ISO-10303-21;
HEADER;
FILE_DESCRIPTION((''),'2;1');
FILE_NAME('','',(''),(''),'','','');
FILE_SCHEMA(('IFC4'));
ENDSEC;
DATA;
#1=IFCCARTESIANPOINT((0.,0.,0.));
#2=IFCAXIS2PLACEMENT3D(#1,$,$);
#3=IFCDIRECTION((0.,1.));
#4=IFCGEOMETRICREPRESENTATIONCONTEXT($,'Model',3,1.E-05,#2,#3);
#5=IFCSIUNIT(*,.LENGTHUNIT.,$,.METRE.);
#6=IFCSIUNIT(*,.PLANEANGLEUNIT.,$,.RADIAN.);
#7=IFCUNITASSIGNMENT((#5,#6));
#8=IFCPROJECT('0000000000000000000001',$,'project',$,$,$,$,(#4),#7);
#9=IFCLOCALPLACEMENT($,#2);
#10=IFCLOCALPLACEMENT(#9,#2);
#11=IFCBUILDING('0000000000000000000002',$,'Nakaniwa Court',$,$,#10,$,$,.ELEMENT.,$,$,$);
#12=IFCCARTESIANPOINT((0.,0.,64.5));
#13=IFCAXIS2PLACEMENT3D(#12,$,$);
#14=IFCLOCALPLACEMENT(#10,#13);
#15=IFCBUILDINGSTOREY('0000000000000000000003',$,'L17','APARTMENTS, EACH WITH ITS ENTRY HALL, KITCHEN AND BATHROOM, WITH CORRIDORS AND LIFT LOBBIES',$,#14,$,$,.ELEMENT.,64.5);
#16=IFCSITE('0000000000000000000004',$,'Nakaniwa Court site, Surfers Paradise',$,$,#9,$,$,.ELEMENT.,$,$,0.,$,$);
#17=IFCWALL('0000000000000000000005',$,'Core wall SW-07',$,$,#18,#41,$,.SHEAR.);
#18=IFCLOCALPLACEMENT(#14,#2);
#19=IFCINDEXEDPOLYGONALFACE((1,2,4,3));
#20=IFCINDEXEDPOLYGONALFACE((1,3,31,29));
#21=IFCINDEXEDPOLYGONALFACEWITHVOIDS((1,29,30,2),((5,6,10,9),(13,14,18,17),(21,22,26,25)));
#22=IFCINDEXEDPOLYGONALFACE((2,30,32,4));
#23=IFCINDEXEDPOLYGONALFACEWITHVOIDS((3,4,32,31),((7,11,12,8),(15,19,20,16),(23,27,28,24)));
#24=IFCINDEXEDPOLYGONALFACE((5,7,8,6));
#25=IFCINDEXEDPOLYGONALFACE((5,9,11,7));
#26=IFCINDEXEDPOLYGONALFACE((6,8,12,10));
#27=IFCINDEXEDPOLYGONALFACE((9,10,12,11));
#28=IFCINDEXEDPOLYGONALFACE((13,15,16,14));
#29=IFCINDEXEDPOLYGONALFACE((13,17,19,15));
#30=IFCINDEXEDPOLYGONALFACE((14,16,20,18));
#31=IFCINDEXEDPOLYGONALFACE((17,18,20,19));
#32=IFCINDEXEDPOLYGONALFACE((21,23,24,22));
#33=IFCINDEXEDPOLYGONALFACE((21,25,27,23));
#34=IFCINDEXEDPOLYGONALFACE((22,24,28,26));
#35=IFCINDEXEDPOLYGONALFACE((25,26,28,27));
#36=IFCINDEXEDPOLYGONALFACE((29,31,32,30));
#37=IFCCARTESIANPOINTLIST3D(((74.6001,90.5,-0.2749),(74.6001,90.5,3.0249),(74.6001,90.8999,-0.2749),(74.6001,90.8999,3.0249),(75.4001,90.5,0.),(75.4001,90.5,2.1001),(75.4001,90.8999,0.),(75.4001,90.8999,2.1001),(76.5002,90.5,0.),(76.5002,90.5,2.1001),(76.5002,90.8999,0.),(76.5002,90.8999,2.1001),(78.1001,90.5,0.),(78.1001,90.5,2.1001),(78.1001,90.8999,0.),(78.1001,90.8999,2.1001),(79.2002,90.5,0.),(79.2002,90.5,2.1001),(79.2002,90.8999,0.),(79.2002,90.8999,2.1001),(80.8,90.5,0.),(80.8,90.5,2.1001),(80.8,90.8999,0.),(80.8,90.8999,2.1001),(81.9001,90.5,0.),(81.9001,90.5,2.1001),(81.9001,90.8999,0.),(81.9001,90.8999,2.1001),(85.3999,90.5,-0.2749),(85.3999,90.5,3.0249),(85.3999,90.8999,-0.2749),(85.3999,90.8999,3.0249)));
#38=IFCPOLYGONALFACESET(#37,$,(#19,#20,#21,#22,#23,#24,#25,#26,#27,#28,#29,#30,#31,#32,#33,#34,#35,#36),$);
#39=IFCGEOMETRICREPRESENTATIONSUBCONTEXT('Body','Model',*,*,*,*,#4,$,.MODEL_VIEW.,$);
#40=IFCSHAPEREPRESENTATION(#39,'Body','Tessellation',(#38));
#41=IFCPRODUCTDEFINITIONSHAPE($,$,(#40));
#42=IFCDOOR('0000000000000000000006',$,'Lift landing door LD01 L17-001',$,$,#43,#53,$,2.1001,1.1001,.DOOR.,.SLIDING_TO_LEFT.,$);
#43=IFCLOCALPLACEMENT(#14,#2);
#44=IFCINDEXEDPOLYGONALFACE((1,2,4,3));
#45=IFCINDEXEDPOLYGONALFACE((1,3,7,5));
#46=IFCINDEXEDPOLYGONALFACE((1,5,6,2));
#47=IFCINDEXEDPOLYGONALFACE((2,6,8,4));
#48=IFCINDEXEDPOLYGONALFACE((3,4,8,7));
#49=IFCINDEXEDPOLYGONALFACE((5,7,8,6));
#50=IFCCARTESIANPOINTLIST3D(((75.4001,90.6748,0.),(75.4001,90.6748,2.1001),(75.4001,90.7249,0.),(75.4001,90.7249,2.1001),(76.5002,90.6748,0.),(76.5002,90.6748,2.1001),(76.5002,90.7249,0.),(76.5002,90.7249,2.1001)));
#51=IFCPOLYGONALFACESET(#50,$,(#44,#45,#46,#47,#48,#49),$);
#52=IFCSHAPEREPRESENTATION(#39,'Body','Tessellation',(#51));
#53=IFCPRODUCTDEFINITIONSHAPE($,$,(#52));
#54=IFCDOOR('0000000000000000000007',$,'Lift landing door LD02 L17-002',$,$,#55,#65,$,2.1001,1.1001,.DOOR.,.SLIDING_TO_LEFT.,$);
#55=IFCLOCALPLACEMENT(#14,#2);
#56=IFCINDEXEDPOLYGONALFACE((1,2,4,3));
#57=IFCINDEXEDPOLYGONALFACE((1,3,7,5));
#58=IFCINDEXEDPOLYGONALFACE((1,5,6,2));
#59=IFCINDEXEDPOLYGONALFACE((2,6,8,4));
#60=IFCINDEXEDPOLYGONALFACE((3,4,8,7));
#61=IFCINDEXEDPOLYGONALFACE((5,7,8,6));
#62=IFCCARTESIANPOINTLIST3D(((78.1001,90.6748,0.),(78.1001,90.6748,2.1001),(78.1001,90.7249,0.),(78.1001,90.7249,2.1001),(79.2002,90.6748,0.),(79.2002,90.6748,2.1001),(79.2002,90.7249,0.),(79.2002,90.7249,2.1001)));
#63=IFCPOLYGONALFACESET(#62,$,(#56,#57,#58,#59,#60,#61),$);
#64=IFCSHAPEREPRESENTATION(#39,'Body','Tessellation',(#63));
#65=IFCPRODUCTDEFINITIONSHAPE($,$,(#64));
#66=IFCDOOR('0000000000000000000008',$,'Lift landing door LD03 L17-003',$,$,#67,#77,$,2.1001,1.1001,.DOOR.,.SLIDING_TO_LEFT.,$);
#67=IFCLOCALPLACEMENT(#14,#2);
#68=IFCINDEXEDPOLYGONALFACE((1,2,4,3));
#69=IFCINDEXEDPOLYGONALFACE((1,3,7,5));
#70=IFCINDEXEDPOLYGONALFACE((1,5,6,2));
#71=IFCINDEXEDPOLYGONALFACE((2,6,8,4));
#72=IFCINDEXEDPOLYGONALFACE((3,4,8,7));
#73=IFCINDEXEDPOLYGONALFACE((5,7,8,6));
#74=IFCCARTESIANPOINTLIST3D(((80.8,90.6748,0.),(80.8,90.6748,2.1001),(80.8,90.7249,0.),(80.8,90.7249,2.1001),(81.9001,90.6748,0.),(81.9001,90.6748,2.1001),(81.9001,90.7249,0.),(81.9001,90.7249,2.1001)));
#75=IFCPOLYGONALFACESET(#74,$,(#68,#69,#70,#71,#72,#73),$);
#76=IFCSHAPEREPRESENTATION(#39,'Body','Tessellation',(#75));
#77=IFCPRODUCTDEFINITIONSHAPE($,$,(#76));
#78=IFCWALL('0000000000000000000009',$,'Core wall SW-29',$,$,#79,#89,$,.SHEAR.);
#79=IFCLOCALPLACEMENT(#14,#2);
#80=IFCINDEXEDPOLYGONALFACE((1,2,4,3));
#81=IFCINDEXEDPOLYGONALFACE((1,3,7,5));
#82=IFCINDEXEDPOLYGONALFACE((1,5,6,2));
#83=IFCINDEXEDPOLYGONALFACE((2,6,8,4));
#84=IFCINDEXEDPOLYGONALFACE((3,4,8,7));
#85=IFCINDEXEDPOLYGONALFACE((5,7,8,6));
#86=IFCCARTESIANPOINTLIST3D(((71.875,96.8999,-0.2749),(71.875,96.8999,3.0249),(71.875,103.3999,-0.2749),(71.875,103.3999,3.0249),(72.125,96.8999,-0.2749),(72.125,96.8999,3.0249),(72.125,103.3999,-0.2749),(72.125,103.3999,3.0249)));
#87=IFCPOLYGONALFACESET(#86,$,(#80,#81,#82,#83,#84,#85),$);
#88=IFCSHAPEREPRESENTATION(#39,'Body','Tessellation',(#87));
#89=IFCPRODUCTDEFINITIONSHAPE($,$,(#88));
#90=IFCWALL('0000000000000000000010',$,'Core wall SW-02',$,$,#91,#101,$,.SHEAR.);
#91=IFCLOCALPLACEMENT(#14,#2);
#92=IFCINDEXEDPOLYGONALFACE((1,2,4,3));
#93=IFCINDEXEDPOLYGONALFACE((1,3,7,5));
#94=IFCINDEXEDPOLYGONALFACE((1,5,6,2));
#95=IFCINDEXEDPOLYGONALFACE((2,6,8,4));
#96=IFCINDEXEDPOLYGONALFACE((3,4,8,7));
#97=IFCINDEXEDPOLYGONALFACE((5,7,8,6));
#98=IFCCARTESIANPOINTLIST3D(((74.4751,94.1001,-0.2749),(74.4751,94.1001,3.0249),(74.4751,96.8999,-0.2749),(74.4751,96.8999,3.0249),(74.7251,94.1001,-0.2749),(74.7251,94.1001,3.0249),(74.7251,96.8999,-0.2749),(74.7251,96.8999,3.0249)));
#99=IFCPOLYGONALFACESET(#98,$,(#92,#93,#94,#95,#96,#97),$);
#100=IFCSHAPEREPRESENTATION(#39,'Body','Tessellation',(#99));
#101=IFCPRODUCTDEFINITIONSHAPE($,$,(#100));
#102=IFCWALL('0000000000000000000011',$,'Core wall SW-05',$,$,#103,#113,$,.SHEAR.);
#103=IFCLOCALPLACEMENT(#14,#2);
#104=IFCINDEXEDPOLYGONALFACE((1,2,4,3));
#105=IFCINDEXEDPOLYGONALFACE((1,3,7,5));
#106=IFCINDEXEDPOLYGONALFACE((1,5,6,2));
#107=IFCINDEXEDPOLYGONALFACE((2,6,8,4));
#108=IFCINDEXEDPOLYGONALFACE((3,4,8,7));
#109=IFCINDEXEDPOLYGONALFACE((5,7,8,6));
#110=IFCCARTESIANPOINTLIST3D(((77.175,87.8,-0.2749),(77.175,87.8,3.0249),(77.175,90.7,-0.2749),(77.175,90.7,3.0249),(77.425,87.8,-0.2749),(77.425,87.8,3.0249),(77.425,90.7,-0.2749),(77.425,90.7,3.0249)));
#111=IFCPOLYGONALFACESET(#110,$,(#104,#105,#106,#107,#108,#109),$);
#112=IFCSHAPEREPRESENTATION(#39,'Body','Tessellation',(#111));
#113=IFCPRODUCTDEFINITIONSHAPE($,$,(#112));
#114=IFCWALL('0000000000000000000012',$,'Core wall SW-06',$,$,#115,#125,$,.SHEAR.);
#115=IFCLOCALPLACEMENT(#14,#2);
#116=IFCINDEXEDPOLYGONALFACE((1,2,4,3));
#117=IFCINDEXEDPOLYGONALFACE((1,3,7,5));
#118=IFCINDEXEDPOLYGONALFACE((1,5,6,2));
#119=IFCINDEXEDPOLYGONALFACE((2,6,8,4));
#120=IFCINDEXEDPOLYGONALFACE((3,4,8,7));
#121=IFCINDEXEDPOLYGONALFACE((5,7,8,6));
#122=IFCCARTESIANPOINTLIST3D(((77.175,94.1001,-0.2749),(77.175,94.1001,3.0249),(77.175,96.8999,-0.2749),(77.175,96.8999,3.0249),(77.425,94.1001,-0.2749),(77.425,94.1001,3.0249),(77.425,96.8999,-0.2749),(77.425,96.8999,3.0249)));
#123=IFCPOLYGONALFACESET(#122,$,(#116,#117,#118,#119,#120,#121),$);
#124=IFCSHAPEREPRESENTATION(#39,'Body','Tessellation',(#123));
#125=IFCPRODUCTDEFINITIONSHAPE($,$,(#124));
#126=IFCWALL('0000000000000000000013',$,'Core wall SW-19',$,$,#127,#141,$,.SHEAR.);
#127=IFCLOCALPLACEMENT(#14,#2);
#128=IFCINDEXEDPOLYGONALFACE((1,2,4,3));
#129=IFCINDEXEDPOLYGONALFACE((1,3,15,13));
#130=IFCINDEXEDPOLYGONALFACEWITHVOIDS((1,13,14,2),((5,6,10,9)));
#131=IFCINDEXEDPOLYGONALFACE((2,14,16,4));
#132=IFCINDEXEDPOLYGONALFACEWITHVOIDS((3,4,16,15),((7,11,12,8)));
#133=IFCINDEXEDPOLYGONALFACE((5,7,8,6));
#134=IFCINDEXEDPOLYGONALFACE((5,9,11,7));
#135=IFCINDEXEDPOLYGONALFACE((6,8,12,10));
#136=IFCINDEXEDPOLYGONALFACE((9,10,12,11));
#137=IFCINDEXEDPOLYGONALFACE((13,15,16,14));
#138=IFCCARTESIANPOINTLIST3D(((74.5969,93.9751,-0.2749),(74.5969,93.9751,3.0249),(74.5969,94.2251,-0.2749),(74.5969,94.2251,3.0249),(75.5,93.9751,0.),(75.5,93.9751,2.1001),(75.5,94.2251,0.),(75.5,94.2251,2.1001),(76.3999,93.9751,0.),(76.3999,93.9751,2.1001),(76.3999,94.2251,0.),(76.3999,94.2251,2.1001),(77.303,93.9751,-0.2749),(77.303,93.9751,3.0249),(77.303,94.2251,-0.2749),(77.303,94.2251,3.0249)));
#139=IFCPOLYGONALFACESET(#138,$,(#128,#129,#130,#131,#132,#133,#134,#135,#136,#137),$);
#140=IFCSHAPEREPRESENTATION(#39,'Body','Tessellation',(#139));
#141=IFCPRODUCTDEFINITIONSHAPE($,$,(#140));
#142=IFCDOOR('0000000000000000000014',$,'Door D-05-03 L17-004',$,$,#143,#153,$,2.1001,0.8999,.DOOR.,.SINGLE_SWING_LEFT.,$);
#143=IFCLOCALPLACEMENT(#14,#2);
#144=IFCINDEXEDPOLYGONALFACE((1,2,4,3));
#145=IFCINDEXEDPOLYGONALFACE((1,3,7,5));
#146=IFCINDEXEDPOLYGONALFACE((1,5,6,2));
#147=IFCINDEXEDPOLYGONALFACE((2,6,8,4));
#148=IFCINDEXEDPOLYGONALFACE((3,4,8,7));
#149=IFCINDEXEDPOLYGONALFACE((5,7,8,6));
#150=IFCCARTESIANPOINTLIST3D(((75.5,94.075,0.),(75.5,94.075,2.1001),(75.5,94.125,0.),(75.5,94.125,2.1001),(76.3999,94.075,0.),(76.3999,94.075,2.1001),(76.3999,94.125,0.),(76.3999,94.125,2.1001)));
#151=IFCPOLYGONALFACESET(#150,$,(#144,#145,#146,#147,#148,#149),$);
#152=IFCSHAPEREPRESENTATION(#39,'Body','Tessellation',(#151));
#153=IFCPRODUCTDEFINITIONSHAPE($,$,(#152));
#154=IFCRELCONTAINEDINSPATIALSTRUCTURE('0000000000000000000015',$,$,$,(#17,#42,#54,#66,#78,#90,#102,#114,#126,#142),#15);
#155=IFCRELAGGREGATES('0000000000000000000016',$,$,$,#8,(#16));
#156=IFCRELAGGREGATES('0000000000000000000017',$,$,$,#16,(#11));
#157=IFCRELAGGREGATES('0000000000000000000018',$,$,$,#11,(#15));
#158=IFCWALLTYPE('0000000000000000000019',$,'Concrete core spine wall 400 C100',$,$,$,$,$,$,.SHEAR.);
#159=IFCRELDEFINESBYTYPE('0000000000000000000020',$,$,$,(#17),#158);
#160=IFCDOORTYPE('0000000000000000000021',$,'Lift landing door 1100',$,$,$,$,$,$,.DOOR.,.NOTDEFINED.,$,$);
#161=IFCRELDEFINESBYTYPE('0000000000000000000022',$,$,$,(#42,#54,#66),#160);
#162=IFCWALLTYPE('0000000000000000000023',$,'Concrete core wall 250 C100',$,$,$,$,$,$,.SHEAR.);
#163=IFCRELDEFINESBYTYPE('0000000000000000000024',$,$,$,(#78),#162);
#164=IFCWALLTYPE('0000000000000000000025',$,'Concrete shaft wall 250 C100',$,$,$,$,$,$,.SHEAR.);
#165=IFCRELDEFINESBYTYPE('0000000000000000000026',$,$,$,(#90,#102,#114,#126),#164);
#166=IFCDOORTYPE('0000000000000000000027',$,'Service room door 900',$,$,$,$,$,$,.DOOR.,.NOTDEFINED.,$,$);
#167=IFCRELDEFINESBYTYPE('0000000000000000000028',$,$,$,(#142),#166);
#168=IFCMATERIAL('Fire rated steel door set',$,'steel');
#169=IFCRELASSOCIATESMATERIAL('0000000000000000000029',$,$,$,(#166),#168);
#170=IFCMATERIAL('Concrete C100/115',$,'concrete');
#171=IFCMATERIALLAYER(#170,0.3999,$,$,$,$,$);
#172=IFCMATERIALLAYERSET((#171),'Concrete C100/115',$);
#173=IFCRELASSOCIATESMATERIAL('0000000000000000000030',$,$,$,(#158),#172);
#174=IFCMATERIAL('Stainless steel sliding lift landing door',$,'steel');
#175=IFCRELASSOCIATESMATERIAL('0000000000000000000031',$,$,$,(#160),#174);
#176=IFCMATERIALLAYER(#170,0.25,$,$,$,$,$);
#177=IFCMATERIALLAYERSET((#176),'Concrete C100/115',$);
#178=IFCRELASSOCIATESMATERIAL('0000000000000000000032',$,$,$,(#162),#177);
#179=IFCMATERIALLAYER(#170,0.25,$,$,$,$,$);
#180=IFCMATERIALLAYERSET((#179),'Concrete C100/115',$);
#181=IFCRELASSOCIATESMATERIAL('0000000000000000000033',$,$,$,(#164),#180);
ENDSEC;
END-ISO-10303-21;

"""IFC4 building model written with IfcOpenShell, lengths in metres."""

from ifc_helpers import new_model, si_unit, direction, frame, frame_2d, origin, place, context, subcontext, project, spatial, rectangle, extrude, material, layer, layer_set, type_object, element, fill, save


model = new_model("IFC4")

# Units and contexts
model_context = context("Model", 3, precision=1e-05, world=origin(), true_north=direction((0.0, 1.0)))
body_context = subcontext(model_context, "Body", "Model", "MODEL_VIEW")
ifc_project = project(units=[si_unit("LENGTHUNIT", "METRE"), si_unit("PLANEANGLEUNIT", "RADIAN")], contexts=[model_context])

# Site, building, storey
site_placement = place(None, origin())
site = spatial("IfcSite", under=ifc_project, at=site_placement, Name="Nakaniwa Court site, Surfers Paradise", CompositionType="ELEMENT", RefElevation=0.0)
building_placement = place(site_placement, origin())
building = spatial("IfcBuilding", under=site, at=building_placement, Name="Nakaniwa Court", CompositionType="ELEMENT")
storey_placement = place(building_placement, frame((0.0, 0.0, 64.5)))
storey = spatial("IfcBuildingStorey", under=building, at=storey_placement, Name="L17", Description="APARTMENTS, EACH WITH ITS ENTRY HALL, KITCHEN AND BATHROOM, WITH CORRIDORS AND LIFT LOBBIES", CompositionType="ELEMENT", Elevation=64.5)

# Shared definitions
ifc_material_1 = material(Name="Fire rated steel door set", Category="steel")
door_type_1 = type_object("IfcDoorType", Name="Service room door 900", OperationType="NOTDEFINED", PredefinedType="DOOR", material=ifc_material_1)

# Wall, openings, doors
ifc_material_2 = material(Name="Concrete C100/115", Category="concrete")
ifc_layer_1 = layer(ifc_material_2, 0.3999)
ifc_layer_set_1 = layer_set([ifc_layer_1], Name="Concrete C100/115")
wall_type_1 = type_object("IfcWallType", Name="Concrete core spine wall 400 C100", PredefinedType="SHEAR", material=ifc_layer_set_1)
wall_1_placement = place(storey_placement, frame((74.6001, 90.7, -0.2749), z_axis=(0.0, 0.0, 1.0), x_axis=(1.0, 0.0, 0.0)))
wall_1 = element("IfcWall", 1, at=wall_1_placement, inside=storey, type_object=wall_type_1, Name="Core wall SW-07", PredefinedType="SHEAR", context=body_context, shape_type="SweptSolid", body=[
    extrude(rectangle(XDim=10.7998, YDim=0.3999, at=frame_2d((5.3999, 0.0))), origin(), (0.0, 0.0, 1.0), 3.2998),
])
opening_1_placement = place(wall_1_placement, frame((0.8, 0.0, 0.2749)))
opening_1 = element("IfcOpeningElement", 2, at=opening_1_placement, cuts=wall_1, PredefinedType="OPENING", context=body_context, shape_type="SweptSolid", body=[
    extrude(rectangle(XDim=1.1001, YDim=2.1001, at=frame_2d((0.55, 1.05))), frame((0.0, 0.21, 0.0), z_axis=(0.0, -1.0, 0.0), x_axis=(1.0, 0.0, 0.0)), (0.0, 0.0, 1.0), 0.4199),
])
opening_2_placement = place(wall_1_placement, frame((3.5, 0.0, 0.2749)))
opening_2 = element("IfcOpeningElement", 3, at=opening_2_placement, cuts=wall_1, PredefinedType="OPENING", context=body_context, shape_type="SweptSolid", body=[
    extrude(rectangle(XDim=1.1001, YDim=2.1001, at=frame_2d((0.55, 1.05))), frame((0.0, 0.21, 0.0), z_axis=(0.0, -1.0, 0.0), x_axis=(1.0, 0.0, 0.0)), (0.0, 0.0, 1.0), 0.4199),
])
opening_3_placement = place(wall_1_placement, frame((6.2, 0.0, 0.2749)))
opening_3 = element("IfcOpeningElement", 4, at=opening_3_placement, cuts=wall_1, PredefinedType="OPENING", context=body_context, shape_type="SweptSolid", body=[
    extrude(rectangle(XDim=1.1001, YDim=2.1001, at=frame_2d((0.55, 1.05))), frame((0.0, 0.21, 0.0), z_axis=(0.0, -1.0, 0.0), x_axis=(1.0, 0.0, 0.0)), (0.0, 0.0, 1.0), 0.4199),
])
ifc_material_3 = material(Name="Stainless steel sliding lift landing door", Category="steel")
door_type_2 = type_object("IfcDoorType", Name="Lift landing door 1100", OperationType="NOTDEFINED", PredefinedType="DOOR", material=ifc_material_3)
door_1_placement = place(opening_1_placement, origin())
door_1 = element("IfcDoor", 5, at=door_1_placement, inside=storey, type_object=door_type_2, Name="Lift landing door LD01 L17-001", OperationType="SLIDING_TO_LEFT", OverallHeight=2.1001, OverallWidth=1.1001, PredefinedType="DOOR", context=body_context, shape_type="SweptSolid", body=[
    extrude(rectangle(XDim=1.1001, YDim=2.1001, at=frame_2d((0.55, 1.05))), frame((0.0, 0.0249, 0.0), z_axis=(0.0, -1.0, 0.0), x_axis=(1.0, 0.0, 0.0)), (0.0, 0.0, 1.0), 0.05),
])
fill(opening_1, door_1)
door_2_placement = place(opening_2_placement, origin())
door_2 = element("IfcDoor", 6, at=door_2_placement, inside=storey, type_object=door_type_2, Name="Lift landing door LD02 L17-002", OperationType="SLIDING_TO_LEFT", OverallHeight=2.1001, OverallWidth=1.1001, PredefinedType="DOOR", context=body_context, shape_type="SweptSolid", body=[
    extrude(rectangle(XDim=1.1001, YDim=2.1001, at=frame_2d((0.55, 1.05))), frame((0.0, 0.0249, 0.0), z_axis=(0.0, -1.0, 0.0), x_axis=(1.0, 0.0, 0.0)), (0.0, 0.0, 1.0), 0.05),
])
fill(opening_2, door_2)
door_3_placement = place(opening_3_placement, origin())
door_3 = element("IfcDoor", 7, at=door_3_placement, inside=storey, type_object=door_type_2, Name="Lift landing door LD03 L17-003", OperationType="SLIDING_TO_LEFT", OverallHeight=2.1001, OverallWidth=1.1001, PredefinedType="DOOR", context=body_context, shape_type="SweptSolid", body=[
    extrude(rectangle(XDim=1.1001, YDim=2.1001, at=frame_2d((0.55, 1.05))), frame((0.0, 0.0249, 0.0), z_axis=(0.0, -1.0, 0.0), x_axis=(1.0, 0.0, 0.0)), (0.0, 0.0, 1.0), 0.05),
])
fill(opening_3, door_3)

# Walls
ifc_layer_2 = layer(ifc_material_2, 0.25)
ifc_layer_set_2 = layer_set([ifc_layer_2], Name="Concrete C100/115")
wall_type_2 = type_object("IfcWallType", Name="Concrete core wall 250 C100", PredefinedType="SHEAR", material=ifc_layer_set_2)
wall_2_placement = place(storey_placement, frame((72.0, 96.8999, -0.2749), z_axis=(0.0, 0.0, 1.0), x_axis=(0.0, 1.0, 0.0)))
element("IfcWall", 8, at=wall_2_placement, inside=storey, type_object=wall_type_2, Name="Core wall SW-29", PredefinedType="SHEAR", context=body_context, shape_type="SweptSolid", body=[
    extrude(rectangle(XDim=6.5, YDim=0.25, at=frame_2d((3.25, 0.0))), origin(), (0.0, 0.0, 1.0), 3.2998),
])
ifc_layer_3 = layer(ifc_material_2, 0.25)
ifc_layer_set_3 = layer_set([ifc_layer_3], Name="Concrete C100/115")
wall_type_3 = type_object("IfcWallType", Name="Concrete shaft wall 250 C100", PredefinedType="SHEAR", material=ifc_layer_set_3)
wall_3_placement = place(storey_placement, frame((74.6001, 94.1001, -0.2749), z_axis=(0.0, 0.0, 1.0), x_axis=(0.0, 1.0, 0.0)))
element("IfcWall", 9, at=wall_3_placement, inside=storey, type_object=wall_type_3, Name="Core wall SW-02", PredefinedType="SHEAR", context=body_context, shape_type="SweptSolid", body=[
    extrude(rectangle(XDim=2.7998, YDim=0.25, at=frame_2d((1.3999, 0.0))), origin(), (0.0, 0.0, 1.0), 3.2998),
])
wall_4_placement = place(storey_placement, frame((77.3, 87.8, -0.2749), z_axis=(0.0, 0.0, 1.0), x_axis=(0.0, 1.0, 0.0)))
element("IfcWall", 10, at=wall_4_placement, inside=storey, type_object=wall_type_3, Name="Core wall SW-05", PredefinedType="SHEAR", context=body_context, shape_type="SweptSolid", body=[
    extrude(rectangle(XDim=2.8999, YDim=0.25, at=frame_2d((1.45, 0.0))), origin(), (0.0, 0.0, 1.0), 3.2998),
])
wall_5_placement = place(storey_placement, frame((77.3, 94.1001, -0.2749), z_axis=(0.0, 0.0, 1.0), x_axis=(0.0, 1.0, 0.0)))
element("IfcWall", 11, at=wall_5_placement, inside=storey, type_object=wall_type_3, Name="Core wall SW-06", PredefinedType="SHEAR", context=body_context, shape_type="SweptSolid", body=[
    extrude(rectangle(XDim=2.7998, YDim=0.25, at=frame_2d((1.3999, 0.0))), origin(), (0.0, 0.0, 1.0), 3.2998),
])

# Wall, opening, door
wall_6_placement = place(storey_placement, frame((74.5969, 94.1001, -0.2749), z_axis=(0.0, 0.0, 1.0), x_axis=(1.0, 0.0, 0.0)))
wall_6 = element("IfcWall", 12, at=wall_6_placement, inside=storey, type_object=wall_type_3, Name="Core wall SW-19", PredefinedType="SHEAR", context=body_context, shape_type="SweptSolid", body=[
    extrude(rectangle(XDim=2.7061, YDim=0.25, at=frame_2d((1.353, 0.0))), origin(), (0.0, 0.0, 1.0), 3.2998),
])
opening_4_placement = place(wall_6_placement, frame((0.9031, 0.0, 0.2749)))
opening_4 = element("IfcOpeningElement", 13, at=opening_4_placement, cuts=wall_6, PredefinedType="OPENING", context=body_context, shape_type="SweptSolid", body=[
    extrude(rectangle(XDim=0.8999, YDim=2.1001, at=frame_2d((0.45, 1.05))), frame((0.0, 0.135, 0.0), z_axis=(0.0, -1.0, 0.0), x_axis=(1.0, 0.0, 0.0)), (0.0, 0.0, 1.0), 0.27),
])
door_4_placement = place(opening_4_placement, origin())
door_4 = element("IfcDoor", 14, at=door_4_placement, inside=storey, type_object=door_type_1, Name="Door D-05-03 L17-004", OperationType="SINGLE_SWING_LEFT", OverallHeight=2.1001, OverallWidth=0.8999, PredefinedType="DOOR", context=body_context, shape_type="SweptSolid", body=[
    extrude(rectangle(XDim=0.8999, YDim=2.1001, at=frame_2d((0.45, 1.05))), frame((0.0, 0.0249, 0.0), z_axis=(0.0, -1.0, 0.0), x_axis=(1.0, 0.0, 0.0)), (0.0, 0.0, 1.0), 0.05),
])
fill(opening_4, door_4)

save(model, "model.ifc")
